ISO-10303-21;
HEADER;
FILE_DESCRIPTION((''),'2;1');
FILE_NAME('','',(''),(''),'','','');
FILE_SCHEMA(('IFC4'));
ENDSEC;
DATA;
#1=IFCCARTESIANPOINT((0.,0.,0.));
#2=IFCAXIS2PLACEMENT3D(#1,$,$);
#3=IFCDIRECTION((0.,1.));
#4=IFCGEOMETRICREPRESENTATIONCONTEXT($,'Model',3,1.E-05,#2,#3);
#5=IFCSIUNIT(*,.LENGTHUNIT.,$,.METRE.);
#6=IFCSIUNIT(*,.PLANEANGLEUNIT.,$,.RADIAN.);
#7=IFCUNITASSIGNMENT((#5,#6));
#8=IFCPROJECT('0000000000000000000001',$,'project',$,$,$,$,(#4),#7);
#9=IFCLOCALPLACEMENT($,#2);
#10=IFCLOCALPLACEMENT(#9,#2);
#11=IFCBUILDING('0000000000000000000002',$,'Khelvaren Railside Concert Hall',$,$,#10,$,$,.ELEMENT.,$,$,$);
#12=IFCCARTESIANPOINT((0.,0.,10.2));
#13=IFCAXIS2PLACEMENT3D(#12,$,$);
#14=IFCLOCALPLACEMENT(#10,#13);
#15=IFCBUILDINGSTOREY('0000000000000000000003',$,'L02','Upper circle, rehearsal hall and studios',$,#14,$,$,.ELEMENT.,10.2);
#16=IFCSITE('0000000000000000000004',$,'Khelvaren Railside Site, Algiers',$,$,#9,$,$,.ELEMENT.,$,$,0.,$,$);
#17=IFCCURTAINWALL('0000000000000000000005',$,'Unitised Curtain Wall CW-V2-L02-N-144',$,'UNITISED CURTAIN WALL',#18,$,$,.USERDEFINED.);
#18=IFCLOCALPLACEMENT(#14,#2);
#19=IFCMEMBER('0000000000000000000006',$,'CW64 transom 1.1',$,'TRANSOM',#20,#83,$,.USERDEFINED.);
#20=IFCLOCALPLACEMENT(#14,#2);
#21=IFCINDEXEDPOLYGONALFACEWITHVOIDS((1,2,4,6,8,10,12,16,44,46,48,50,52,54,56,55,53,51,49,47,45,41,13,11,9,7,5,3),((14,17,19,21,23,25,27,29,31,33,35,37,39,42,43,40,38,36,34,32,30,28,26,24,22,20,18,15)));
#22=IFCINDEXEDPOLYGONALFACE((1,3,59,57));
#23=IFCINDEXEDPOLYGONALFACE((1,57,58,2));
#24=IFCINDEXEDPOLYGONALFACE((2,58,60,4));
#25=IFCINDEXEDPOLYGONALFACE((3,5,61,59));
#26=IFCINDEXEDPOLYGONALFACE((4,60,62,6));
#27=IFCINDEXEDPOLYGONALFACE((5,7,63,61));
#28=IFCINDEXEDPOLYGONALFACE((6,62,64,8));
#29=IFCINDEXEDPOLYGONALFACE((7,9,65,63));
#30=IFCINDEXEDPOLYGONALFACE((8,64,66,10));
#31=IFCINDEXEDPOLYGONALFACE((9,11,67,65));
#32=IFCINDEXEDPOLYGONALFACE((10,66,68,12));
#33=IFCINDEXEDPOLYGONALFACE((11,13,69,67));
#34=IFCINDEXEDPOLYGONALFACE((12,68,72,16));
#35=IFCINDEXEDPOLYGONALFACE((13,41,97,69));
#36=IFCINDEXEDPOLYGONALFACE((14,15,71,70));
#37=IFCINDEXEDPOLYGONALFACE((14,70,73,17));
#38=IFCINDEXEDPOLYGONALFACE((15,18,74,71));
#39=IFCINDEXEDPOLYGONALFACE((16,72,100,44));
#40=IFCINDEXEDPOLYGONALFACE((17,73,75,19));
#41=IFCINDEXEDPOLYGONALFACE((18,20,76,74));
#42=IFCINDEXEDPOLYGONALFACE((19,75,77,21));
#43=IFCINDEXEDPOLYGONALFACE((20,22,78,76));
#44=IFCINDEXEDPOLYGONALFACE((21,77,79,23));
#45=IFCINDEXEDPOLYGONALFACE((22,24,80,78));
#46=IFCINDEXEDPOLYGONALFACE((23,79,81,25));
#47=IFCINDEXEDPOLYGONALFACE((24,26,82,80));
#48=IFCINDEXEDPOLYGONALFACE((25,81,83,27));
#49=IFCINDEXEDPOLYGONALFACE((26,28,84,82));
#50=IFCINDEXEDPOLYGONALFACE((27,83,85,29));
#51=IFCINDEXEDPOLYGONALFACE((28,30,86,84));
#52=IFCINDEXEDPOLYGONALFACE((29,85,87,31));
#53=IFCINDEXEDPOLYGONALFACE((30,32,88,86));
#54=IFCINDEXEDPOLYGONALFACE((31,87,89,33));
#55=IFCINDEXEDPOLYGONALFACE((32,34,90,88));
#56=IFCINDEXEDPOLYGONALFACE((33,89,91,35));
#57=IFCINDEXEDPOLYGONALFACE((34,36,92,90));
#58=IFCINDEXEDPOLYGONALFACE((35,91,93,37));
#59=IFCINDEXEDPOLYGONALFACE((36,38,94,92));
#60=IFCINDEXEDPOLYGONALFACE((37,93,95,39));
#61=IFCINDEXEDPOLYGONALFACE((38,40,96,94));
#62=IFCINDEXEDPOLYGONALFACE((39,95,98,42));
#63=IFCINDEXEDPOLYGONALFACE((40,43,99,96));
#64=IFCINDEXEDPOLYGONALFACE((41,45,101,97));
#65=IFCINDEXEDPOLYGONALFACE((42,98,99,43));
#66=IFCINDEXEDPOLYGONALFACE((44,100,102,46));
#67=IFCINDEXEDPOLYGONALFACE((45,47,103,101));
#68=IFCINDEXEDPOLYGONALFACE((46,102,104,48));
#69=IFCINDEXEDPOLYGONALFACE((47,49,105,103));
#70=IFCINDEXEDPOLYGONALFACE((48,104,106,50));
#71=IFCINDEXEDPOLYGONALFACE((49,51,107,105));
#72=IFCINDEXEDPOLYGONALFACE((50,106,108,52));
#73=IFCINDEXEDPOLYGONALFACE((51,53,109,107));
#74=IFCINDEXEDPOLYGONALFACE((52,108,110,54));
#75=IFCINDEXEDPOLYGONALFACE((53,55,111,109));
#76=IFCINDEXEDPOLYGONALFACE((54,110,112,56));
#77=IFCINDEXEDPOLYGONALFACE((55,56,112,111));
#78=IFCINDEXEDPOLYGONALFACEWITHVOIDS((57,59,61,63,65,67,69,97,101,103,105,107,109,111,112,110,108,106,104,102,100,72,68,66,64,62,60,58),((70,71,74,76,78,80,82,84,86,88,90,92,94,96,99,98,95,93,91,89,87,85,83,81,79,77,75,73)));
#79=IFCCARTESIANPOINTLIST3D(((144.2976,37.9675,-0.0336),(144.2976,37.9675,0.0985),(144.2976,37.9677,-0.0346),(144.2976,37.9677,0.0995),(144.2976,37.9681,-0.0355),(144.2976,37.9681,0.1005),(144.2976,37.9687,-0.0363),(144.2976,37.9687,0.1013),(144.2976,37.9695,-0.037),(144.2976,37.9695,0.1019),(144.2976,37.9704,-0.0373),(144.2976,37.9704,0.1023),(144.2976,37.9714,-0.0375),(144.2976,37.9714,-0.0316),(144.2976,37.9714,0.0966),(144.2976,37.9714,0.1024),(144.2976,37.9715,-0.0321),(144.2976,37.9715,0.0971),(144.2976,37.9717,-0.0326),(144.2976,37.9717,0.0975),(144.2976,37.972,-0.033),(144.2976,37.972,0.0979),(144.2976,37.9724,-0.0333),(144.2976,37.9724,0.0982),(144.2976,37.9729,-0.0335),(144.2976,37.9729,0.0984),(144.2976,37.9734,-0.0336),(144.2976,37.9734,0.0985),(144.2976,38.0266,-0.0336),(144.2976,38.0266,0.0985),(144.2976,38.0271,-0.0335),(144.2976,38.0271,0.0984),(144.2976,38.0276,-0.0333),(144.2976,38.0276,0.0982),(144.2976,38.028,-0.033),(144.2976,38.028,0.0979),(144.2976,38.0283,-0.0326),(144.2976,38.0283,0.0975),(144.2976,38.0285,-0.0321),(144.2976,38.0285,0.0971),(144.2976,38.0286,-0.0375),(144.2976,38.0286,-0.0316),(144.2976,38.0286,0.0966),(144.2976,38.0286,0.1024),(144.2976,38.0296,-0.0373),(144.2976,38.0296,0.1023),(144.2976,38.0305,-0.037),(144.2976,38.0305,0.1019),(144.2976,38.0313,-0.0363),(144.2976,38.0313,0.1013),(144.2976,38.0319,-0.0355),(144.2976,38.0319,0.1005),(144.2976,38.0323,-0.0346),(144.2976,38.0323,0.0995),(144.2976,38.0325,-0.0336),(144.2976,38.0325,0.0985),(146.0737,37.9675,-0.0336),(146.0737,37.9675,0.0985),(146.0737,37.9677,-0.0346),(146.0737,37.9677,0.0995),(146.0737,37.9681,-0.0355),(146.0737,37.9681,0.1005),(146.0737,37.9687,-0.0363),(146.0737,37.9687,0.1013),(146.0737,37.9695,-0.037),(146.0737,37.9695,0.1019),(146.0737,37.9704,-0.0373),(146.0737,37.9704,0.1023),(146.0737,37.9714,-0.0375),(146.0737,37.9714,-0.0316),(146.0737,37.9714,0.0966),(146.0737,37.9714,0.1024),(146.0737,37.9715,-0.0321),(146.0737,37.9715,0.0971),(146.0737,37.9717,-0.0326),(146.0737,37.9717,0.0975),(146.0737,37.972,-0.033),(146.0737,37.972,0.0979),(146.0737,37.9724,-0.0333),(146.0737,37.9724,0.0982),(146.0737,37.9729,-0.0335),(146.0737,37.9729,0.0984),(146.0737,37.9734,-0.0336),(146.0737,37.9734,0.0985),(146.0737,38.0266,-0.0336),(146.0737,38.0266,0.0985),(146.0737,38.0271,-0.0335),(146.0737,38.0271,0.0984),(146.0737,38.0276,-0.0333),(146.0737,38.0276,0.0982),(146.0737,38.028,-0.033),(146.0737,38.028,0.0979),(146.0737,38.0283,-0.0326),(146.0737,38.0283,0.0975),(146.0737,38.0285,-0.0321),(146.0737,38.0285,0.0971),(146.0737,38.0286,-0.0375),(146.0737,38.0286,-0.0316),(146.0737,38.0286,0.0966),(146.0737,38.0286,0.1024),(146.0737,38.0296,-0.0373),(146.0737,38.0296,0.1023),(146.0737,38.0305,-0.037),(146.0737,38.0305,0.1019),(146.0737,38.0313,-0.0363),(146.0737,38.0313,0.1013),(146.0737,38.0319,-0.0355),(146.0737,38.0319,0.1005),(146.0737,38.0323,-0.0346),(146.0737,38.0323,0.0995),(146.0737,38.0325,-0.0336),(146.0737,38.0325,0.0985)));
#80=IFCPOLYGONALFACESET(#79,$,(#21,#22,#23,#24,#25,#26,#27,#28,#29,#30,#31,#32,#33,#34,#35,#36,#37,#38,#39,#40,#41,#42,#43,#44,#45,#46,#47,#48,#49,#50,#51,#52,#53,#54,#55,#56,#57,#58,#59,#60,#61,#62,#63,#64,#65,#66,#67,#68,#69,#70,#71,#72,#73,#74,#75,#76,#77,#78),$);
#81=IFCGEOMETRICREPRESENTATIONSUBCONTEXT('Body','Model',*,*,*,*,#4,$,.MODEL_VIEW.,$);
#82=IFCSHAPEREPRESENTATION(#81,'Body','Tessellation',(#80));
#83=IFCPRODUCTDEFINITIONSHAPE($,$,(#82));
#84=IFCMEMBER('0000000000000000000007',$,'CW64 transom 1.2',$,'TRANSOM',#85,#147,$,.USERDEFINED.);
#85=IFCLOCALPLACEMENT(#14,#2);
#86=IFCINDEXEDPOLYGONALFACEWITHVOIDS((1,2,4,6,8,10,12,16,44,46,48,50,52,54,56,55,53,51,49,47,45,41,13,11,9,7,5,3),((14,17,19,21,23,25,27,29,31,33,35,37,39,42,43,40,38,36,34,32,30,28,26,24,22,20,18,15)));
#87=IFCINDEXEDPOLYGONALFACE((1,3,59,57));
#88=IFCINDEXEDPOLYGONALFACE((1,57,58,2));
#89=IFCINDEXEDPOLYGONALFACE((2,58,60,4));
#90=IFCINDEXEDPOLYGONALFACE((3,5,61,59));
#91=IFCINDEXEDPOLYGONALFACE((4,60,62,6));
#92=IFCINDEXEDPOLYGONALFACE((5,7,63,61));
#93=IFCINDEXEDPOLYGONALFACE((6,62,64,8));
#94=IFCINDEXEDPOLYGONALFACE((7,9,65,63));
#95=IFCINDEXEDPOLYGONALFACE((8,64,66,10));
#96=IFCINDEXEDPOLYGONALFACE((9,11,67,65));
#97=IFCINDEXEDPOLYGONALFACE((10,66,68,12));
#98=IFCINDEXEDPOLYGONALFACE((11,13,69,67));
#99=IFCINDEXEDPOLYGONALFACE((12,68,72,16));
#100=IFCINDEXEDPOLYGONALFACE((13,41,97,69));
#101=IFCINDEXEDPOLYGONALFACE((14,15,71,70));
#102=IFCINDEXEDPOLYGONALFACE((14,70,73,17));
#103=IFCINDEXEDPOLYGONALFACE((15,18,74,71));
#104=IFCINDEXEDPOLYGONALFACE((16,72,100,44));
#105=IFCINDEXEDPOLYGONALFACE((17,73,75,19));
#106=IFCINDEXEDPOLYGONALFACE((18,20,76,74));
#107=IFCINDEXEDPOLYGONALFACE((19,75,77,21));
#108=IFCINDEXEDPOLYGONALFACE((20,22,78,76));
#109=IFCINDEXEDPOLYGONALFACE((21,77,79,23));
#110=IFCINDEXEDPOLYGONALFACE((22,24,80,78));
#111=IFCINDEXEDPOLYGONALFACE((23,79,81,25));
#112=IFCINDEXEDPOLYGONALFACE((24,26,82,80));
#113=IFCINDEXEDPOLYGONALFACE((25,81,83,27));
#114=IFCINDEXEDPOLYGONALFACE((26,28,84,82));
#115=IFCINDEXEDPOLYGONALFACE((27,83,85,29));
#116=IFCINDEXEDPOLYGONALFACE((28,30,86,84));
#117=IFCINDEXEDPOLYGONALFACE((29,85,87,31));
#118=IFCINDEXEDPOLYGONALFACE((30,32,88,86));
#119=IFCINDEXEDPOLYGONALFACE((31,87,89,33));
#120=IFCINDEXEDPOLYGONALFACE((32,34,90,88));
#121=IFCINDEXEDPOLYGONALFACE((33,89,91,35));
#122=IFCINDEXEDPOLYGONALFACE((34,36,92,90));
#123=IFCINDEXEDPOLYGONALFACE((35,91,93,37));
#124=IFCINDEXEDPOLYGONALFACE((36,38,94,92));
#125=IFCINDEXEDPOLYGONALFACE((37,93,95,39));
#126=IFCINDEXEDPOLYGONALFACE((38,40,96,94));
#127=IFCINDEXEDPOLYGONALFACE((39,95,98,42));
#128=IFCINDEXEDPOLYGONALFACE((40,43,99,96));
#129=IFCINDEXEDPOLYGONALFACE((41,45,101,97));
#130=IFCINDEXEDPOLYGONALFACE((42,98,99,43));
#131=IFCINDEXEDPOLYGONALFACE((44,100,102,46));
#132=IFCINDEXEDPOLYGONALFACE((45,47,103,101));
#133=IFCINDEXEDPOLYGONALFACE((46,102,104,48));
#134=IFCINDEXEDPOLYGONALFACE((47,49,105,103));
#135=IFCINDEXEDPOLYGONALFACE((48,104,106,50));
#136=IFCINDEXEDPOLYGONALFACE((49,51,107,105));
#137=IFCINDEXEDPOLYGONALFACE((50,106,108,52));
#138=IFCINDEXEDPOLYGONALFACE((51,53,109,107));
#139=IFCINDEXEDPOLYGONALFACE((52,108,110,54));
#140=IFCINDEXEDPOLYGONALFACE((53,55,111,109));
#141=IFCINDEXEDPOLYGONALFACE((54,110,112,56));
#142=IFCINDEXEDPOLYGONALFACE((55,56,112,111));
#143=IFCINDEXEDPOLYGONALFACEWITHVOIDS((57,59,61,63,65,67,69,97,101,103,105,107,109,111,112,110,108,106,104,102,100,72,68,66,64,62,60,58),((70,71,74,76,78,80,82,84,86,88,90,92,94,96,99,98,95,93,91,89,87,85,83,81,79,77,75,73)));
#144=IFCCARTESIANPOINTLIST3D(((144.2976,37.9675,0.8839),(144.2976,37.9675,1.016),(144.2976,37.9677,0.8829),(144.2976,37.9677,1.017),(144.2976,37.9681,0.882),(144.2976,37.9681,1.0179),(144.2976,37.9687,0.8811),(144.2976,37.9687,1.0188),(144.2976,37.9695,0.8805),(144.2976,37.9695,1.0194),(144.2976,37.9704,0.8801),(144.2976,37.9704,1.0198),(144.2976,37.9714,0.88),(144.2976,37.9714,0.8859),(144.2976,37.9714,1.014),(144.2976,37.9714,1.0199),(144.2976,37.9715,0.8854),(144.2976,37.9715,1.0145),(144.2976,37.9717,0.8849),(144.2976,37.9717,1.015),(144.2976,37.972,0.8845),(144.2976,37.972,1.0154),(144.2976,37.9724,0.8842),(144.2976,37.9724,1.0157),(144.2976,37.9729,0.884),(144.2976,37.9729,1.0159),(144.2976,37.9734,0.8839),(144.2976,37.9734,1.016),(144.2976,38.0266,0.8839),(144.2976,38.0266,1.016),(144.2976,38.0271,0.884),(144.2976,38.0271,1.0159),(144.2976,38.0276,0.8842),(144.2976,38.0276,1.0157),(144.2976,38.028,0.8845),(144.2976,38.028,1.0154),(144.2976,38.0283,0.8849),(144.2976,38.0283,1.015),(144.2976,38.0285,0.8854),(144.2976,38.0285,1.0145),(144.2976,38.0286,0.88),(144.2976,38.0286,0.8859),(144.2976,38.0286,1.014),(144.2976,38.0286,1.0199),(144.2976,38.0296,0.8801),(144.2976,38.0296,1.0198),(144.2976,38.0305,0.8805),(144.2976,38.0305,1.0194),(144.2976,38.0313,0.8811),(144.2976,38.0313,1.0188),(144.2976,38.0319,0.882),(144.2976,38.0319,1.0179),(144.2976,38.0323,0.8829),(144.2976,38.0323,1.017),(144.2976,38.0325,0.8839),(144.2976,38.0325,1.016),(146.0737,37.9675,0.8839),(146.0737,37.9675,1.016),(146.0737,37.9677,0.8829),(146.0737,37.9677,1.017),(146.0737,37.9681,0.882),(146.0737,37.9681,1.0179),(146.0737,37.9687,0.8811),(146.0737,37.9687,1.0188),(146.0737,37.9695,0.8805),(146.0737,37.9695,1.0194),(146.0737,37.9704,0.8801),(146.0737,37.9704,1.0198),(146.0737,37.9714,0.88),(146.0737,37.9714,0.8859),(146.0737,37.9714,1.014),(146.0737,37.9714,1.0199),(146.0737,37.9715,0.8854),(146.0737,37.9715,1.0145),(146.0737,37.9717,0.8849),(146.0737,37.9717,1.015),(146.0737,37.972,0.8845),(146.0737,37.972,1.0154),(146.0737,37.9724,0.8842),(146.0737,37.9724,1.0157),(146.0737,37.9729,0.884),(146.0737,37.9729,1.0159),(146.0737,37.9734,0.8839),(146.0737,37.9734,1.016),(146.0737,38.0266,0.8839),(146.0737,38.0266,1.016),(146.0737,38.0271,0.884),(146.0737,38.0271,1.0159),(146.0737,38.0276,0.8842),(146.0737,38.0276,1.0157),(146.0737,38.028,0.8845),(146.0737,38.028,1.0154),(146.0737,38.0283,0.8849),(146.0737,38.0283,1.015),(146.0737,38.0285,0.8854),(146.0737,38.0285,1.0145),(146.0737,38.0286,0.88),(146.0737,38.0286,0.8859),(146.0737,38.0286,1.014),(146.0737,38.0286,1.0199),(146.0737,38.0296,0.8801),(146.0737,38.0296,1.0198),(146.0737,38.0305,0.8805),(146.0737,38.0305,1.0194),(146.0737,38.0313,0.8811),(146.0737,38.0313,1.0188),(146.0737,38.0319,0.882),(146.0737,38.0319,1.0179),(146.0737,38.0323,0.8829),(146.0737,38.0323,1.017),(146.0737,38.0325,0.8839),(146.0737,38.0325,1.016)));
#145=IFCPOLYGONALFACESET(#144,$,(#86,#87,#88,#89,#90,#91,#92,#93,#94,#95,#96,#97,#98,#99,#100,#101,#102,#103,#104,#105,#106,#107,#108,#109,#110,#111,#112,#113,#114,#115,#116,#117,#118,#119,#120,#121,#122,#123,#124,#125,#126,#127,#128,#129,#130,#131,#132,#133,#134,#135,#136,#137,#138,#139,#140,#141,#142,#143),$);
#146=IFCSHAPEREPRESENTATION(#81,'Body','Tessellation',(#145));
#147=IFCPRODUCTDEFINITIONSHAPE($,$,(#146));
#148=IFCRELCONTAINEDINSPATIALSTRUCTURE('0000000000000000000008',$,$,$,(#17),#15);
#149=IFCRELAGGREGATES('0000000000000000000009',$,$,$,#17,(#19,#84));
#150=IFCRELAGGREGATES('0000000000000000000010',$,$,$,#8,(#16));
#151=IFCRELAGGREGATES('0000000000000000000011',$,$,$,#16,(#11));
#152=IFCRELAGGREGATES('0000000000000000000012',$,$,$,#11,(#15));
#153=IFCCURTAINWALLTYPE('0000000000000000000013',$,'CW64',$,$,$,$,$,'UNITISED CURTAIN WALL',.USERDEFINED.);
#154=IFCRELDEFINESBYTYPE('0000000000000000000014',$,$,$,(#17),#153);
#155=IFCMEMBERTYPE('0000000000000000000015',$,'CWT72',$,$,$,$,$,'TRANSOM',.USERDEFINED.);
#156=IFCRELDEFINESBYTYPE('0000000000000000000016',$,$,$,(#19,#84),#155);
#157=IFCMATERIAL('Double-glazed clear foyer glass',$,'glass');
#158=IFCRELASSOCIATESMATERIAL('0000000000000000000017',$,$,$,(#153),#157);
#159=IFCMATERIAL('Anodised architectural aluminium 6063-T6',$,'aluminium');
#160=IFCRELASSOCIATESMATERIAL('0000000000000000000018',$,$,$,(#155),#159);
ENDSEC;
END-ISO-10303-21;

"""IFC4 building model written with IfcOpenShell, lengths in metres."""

from ifc_helpers import new_model, si_unit, direction, frame, origin, origin_2d, place, context, subcontext, project, spatial, hollow_rectangle, extrude, material, material_profile, profile_set, type_object, element, aggregate, save


model = new_model("IFC4")

# Units and contexts
model_context = context("Model", 3, precision=1e-05, world=origin(), true_north=direction((0.0, 1.0)))
body_context = subcontext(model_context, "Body", "Model", "MODEL_VIEW")
ifc_project = project(units=[si_unit("LENGTHUNIT", "METRE"), si_unit("PLANEANGLEUNIT", "RADIAN")], contexts=[model_context])

# Site, building, storey
site_placement = place(None, origin())
site = spatial("IfcSite", under=ifc_project, at=site_placement, Name="Khelvaren Railside Site, Algiers", CompositionType="ELEMENT", RefElevation=0.0)
building_placement = place(site_placement, origin())
building = spatial("IfcBuilding", under=site, at=building_placement, Name="Khelvaren Railside Concert Hall", CompositionType="ELEMENT")
storey_placement = place(building_placement, frame((0.0, 0.0, 10.2)))
storey = spatial("IfcBuildingStorey", under=building, at=storey_placement, Name="L02", Description="Upper circle, rehearsal hall and studios", CompositionType="ELEMENT", Elevation=10.2)

# Shared definitions
ifc_material_1 = material(Name="Anodised architectural aluminium 6063-T6", Category="aluminium")

# Curtain wall
ifc_material_2 = material(Name="Double-glazed clear foyer glass", Category="glass")
curtain_wall_type_1 = type_object("IfcCurtainWallType", Name="CW64", ElementType="UNITISED CURTAIN WALL", PredefinedType="USERDEFINED", material=ifc_material_2)
curtain_wall_1_placement = place(storey_placement, origin())
curtain_wall_1 = element("IfcCurtainWall", 1, at=curtain_wall_1_placement, inside=storey, type_object=curtain_wall_type_1, Name="Unitised Curtain Wall CW-V2-L02-N-144", ObjectType="UNITISED CURTAIN WALL", PredefinedType="USERDEFINED")

# Members
ifc_material_profile_1 = material_profile(ifc_material_1, hollow_rectangle(XDim=0.0649, YDim=0.1399, WallThickness=0.0039, InnerFilletRadius=0.002, OuterFilletRadius=0.0039, at=origin_2d()), Name="CWT 65x140x4")
ifc_profile_set_1 = profile_set([ifc_material_profile_1], Name="Anodised architectural aluminium 6063-T6")
member_type_1 = type_object("IfcMemberType", Name="CWT72", ElementType="TRANSOM", PredefinedType="USERDEFINED", material=ifc_profile_set_1)
member_1_placement = place(storey_placement, frame((144.2976, 38.0, 0.0325), z_axis=(1.0, 0.0, 0.0), x_axis=(0.0, 1.0, 0.0)))
member_1 = element("IfcMember", 2, at=member_1_placement, type_object=member_type_1, Name="CW64 transom 1.1", ObjectType="TRANSOM", PredefinedType="USERDEFINED", context=body_context, shape_type="SweptSolid", body=[
    extrude(hollow_rectangle(XDim=0.0649, YDim=0.1399, WallThickness=0.0039, InnerFilletRadius=0.002, OuterFilletRadius=0.0039, at=origin_2d()), origin(), (0.0, 0.0, 1.0), 1.7761),
])
member_2_placement = place(storey_placement, frame((144.2976, 38.0, 0.95), z_axis=(1.0, 0.0, 0.0), x_axis=(0.0, 1.0, 0.0)))
member_2 = element("IfcMember", 3, at=member_2_placement, type_object=member_type_1, Name="CW64 transom 1.2", ObjectType="TRANSOM", PredefinedType="USERDEFINED", context=body_context, shape_type="SweptSolid", body=[
    extrude(hollow_rectangle(XDim=0.0649, YDim=0.1399, WallThickness=0.0039, InnerFilletRadius=0.002, OuterFilletRadius=0.0039, at=origin_2d()), origin(), (0.0, 0.0, 1.0), 1.7761),
])

aggregate(curtain_wall_1, [member_1, member_2])

save(model, "model.ifc")
